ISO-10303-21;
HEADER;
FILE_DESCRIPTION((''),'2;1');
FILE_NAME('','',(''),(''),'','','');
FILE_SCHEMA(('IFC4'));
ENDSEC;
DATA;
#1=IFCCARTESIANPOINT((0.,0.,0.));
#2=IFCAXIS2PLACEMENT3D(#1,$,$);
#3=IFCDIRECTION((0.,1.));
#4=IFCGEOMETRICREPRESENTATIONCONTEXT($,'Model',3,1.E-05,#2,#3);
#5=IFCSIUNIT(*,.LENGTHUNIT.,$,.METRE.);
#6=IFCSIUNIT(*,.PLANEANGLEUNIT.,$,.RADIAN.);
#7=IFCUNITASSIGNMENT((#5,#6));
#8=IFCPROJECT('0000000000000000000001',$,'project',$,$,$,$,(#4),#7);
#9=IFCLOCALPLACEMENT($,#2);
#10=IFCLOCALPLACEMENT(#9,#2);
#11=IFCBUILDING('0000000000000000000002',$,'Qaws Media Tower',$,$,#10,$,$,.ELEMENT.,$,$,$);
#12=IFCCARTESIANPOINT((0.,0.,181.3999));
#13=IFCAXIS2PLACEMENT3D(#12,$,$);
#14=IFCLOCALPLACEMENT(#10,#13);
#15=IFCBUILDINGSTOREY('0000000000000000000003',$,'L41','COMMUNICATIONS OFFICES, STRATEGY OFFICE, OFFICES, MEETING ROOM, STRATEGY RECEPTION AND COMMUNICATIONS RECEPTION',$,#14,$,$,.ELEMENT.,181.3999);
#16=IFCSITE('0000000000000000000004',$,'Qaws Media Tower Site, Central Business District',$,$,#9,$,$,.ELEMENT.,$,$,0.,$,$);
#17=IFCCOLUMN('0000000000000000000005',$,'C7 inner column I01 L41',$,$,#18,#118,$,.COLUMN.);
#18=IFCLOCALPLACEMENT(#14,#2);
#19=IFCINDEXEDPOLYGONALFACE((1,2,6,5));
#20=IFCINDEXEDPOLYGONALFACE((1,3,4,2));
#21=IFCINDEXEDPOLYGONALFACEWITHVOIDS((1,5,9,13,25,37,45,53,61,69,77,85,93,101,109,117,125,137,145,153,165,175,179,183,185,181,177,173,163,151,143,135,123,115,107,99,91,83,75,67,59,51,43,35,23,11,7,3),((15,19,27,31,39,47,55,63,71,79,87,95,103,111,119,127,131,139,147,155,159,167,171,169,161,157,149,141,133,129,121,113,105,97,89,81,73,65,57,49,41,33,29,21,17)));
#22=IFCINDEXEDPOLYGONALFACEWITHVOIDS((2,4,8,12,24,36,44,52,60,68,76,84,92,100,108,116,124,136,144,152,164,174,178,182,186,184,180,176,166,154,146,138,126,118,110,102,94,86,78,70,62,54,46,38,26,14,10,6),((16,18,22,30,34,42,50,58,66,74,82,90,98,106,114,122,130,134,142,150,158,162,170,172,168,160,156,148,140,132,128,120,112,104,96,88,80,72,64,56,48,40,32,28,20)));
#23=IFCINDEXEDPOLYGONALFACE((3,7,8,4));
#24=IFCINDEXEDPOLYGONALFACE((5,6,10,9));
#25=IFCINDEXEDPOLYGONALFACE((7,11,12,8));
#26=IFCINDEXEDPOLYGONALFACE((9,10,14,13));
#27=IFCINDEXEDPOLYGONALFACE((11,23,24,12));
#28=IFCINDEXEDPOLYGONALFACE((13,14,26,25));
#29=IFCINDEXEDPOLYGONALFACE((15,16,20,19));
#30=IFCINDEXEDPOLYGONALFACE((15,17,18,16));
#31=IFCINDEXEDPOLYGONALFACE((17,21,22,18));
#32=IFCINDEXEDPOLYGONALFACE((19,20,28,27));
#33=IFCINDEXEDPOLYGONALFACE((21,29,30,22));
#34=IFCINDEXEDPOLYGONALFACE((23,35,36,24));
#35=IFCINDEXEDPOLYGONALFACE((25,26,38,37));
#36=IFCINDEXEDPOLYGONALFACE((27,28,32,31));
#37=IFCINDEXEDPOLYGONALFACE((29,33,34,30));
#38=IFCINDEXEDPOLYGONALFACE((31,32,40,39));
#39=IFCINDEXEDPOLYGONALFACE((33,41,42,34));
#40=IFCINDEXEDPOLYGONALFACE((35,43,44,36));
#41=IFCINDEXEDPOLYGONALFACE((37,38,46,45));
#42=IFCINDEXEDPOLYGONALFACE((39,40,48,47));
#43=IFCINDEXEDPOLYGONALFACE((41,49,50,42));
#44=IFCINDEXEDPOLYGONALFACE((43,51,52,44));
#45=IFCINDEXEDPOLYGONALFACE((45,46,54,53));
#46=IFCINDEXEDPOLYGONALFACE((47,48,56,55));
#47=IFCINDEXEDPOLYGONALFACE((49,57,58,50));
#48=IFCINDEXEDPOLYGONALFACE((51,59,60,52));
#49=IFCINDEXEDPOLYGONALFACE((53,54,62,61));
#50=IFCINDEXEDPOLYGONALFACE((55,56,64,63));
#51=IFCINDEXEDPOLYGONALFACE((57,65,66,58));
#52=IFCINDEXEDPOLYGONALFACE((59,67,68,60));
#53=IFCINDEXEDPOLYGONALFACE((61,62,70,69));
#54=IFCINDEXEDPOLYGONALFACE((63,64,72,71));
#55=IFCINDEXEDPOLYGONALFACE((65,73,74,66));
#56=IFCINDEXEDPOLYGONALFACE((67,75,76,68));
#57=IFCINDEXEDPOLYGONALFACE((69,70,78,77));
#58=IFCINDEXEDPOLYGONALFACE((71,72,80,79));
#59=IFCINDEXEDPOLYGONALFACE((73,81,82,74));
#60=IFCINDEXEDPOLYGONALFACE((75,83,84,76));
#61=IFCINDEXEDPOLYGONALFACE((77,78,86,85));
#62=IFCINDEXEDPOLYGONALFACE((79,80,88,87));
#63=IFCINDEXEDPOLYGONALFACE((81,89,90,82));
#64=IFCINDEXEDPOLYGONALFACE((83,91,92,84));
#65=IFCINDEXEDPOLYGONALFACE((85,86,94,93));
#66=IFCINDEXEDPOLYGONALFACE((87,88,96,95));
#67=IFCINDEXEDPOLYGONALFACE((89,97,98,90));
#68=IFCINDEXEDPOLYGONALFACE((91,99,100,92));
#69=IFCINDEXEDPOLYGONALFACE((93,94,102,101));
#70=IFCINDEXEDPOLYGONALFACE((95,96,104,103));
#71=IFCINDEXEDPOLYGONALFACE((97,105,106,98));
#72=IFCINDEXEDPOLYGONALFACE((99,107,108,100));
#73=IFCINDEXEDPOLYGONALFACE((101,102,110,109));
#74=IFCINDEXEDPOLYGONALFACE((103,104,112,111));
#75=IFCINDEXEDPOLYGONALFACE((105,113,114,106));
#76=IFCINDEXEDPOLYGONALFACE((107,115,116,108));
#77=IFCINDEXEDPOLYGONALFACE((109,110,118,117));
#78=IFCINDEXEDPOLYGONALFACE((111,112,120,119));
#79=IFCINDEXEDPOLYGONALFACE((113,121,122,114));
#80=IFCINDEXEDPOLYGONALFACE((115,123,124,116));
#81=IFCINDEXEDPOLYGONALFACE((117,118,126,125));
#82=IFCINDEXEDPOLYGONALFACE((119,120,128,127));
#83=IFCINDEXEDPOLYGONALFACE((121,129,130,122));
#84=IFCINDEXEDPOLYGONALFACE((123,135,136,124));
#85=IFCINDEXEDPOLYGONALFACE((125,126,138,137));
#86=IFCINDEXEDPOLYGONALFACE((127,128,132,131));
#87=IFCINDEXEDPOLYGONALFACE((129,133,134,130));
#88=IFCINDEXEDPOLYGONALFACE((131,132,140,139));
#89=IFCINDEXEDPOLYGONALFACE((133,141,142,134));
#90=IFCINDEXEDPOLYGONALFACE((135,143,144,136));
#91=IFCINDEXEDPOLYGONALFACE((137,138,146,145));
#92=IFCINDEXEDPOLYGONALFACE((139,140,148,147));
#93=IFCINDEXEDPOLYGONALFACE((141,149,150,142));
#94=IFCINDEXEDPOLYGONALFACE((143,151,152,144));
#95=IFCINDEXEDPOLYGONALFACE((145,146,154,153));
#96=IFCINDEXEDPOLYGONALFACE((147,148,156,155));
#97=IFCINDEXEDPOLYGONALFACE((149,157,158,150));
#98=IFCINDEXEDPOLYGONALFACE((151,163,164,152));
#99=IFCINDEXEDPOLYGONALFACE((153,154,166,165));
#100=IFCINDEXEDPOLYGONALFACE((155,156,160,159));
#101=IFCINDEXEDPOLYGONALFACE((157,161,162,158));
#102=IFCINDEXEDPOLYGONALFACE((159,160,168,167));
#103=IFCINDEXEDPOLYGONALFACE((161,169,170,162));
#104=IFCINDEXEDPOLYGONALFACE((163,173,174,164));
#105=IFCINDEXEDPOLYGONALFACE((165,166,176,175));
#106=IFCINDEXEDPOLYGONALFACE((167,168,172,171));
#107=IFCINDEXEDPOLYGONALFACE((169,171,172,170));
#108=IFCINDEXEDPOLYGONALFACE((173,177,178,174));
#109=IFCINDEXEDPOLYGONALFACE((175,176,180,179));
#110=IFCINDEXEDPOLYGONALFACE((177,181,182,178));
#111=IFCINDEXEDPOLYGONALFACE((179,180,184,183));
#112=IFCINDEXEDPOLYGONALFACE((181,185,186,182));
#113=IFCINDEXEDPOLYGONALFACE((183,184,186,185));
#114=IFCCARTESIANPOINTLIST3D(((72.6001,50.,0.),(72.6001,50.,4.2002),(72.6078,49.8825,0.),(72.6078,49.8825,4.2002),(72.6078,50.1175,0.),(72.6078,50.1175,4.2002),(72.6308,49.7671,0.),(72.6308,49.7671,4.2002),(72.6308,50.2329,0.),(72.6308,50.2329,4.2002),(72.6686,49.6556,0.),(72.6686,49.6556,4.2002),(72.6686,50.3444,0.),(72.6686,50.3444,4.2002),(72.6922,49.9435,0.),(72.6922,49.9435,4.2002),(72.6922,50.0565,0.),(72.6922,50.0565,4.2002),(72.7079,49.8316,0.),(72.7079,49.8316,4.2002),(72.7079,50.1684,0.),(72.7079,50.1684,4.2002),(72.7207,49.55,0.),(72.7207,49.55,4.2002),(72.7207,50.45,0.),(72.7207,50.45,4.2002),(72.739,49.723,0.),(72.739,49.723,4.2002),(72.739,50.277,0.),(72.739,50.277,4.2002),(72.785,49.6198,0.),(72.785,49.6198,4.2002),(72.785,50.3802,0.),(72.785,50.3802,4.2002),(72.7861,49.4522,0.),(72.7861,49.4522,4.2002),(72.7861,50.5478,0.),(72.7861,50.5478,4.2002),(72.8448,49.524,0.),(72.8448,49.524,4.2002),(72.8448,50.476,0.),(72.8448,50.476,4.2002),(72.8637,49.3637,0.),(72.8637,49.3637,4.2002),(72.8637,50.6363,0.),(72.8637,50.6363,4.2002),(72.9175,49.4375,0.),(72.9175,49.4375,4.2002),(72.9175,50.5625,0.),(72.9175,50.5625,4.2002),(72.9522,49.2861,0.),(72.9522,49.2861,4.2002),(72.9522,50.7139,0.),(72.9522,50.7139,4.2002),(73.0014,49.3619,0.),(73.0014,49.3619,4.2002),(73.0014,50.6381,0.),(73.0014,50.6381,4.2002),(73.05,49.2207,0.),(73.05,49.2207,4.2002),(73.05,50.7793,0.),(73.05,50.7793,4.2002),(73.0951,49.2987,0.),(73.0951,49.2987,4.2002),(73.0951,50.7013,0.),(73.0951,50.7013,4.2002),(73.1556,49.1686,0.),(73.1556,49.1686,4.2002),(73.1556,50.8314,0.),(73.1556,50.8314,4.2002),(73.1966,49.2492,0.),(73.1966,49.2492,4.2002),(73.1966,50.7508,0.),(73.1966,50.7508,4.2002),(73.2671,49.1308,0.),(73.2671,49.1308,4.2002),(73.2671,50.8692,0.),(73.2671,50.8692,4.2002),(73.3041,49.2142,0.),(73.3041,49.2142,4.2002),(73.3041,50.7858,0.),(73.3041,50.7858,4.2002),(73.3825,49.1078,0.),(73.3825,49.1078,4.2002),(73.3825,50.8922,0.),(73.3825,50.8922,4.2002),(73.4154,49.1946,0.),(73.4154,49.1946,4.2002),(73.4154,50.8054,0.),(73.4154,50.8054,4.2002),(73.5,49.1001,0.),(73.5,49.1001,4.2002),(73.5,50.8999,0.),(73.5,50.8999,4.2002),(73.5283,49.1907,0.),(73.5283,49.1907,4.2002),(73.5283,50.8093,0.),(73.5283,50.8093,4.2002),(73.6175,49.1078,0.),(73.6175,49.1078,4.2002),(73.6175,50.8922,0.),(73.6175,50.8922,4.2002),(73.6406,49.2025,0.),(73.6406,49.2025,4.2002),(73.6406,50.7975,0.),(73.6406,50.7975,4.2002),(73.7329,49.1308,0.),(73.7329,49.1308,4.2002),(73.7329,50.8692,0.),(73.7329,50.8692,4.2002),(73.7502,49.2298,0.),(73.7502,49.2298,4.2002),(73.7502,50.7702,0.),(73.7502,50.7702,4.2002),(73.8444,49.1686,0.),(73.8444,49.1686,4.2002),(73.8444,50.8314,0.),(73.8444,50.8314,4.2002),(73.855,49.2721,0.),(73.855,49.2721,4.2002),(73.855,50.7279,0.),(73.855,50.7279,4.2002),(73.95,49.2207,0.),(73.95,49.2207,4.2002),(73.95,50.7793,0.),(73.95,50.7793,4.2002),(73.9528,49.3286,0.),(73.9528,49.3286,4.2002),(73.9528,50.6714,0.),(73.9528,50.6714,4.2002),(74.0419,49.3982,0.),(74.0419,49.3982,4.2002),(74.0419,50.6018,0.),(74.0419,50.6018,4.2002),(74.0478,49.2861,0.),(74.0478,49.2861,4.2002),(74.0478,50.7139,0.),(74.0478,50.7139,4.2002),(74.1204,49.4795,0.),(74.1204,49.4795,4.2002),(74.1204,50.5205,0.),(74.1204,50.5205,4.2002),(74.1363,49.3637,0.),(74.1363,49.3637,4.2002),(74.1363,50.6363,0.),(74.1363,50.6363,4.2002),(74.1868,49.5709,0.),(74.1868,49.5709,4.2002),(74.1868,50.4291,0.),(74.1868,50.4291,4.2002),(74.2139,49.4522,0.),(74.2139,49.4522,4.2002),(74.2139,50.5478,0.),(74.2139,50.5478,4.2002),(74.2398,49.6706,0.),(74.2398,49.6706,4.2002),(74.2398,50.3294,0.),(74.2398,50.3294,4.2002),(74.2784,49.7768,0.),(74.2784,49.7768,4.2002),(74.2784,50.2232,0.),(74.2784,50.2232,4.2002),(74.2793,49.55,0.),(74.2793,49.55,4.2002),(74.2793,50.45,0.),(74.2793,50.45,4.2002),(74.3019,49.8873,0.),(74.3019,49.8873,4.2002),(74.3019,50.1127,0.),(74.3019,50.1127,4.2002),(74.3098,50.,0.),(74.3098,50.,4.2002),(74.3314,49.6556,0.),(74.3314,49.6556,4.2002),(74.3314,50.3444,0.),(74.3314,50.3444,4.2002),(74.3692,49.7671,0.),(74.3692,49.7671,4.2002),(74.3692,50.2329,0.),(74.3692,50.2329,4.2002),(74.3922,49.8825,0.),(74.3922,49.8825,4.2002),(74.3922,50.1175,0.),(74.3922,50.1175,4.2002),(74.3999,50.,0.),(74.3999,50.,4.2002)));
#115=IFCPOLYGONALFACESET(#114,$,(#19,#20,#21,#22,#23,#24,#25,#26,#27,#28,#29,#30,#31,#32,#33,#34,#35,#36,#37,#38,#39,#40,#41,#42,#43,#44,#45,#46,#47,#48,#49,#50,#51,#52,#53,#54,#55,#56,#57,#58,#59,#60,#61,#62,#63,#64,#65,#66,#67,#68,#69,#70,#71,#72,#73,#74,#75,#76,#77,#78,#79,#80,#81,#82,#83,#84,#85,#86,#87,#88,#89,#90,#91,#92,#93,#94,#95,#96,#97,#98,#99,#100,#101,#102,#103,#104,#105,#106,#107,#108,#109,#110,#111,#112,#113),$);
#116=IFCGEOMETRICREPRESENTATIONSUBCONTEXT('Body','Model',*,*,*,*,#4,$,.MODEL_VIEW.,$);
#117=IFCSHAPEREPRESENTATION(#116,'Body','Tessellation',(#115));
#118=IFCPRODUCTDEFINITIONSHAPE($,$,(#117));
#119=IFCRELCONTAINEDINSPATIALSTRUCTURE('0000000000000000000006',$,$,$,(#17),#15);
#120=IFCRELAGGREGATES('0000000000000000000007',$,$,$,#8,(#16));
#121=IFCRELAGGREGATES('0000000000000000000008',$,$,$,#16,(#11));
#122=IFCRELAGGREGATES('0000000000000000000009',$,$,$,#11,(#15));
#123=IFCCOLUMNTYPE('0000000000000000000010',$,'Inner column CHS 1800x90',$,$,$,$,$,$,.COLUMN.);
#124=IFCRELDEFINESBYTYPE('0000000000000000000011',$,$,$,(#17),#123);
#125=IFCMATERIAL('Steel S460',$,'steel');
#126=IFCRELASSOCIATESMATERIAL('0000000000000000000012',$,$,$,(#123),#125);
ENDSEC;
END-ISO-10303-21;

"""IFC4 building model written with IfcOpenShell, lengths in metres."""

from ifc_helpers import new_model, si_unit, direction, frame, origin, origin_2d, place, context, subcontext, project, spatial, hollow_circle, extrude, material, material_profile, profile_set, type_object, element, save


model = new_model("IFC4")

# Units and contexts
model_context = context("Model", 3, precision=1e-05, world=origin(), true_north=direction((0.0, 1.0)))
body_context = subcontext(model_context, "Body", "Model", "MODEL_VIEW")
ifc_project = project(units=[si_unit("LENGTHUNIT", "METRE"), si_unit("PLANEANGLEUNIT", "RADIAN")], contexts=[model_context])

# Site, building, storey
site_placement = place(None, origin())
site = spatial("IfcSite", under=ifc_project, at=site_placement, Name="Qaws Media Tower Site, Central Business District", CompositionType="ELEMENT", RefElevation=0.0)
building_placement = place(site_placement, origin())
building = spatial("IfcBuilding", under=site, at=building_placement, Name="Qaws Media Tower", CompositionType="ELEMENT")
storey_placement = place(building_placement, frame((0.0, 0.0, 181.3999)))
storey = spatial("IfcBuildingStorey", under=building, at=storey_placement, Name="L41", Description="COMMUNICATIONS OFFICES, STRATEGY OFFICE, OFFICES, MEETING ROOM, STRATEGY RECEPTION AND COMMUNICATIONS RECEPTION", CompositionType="ELEMENT", Elevation=181.3999)

# Column
ifc_material_1 = material(Name="Steel S460", Category="steel")
ifc_material_profile_1 = material_profile(ifc_material_1, hollow_circle(Radius=0.8999, WallThickness=0.0901, at=origin_2d()), Name="CHS 1800x90")
ifc_profile_set_1 = profile_set([ifc_material_profile_1], Name="Steel S460")
column_type = type_object("IfcColumnType", Name="Inner column CHS 1800x90", PredefinedType="COLUMN", material=ifc_profile_set_1)
for number, where, z_axis, x_axis, name in (
    (1, (73.5, 50.0, 0.0), (0.0, 0.0, 1.0), (1.0, 0.0, 0.0), "C7 inner column I01 L41"),
):
    element("IfcColumn", number, at=place(storey_placement, frame(where, z_axis=z_axis, x_axis=x_axis)), inside=storey, type_object=column_type, Name=name, PredefinedType="COLUMN", context=body_context, shape_type="SweptSolid", body=[
        extrude(hollow_circle(Radius=0.8999, WallThickness=0.0901, at=origin_2d()), origin(), (0.0, 0.0, 1.0), 4.2002),
    ])

save(model, "model.ifc")
